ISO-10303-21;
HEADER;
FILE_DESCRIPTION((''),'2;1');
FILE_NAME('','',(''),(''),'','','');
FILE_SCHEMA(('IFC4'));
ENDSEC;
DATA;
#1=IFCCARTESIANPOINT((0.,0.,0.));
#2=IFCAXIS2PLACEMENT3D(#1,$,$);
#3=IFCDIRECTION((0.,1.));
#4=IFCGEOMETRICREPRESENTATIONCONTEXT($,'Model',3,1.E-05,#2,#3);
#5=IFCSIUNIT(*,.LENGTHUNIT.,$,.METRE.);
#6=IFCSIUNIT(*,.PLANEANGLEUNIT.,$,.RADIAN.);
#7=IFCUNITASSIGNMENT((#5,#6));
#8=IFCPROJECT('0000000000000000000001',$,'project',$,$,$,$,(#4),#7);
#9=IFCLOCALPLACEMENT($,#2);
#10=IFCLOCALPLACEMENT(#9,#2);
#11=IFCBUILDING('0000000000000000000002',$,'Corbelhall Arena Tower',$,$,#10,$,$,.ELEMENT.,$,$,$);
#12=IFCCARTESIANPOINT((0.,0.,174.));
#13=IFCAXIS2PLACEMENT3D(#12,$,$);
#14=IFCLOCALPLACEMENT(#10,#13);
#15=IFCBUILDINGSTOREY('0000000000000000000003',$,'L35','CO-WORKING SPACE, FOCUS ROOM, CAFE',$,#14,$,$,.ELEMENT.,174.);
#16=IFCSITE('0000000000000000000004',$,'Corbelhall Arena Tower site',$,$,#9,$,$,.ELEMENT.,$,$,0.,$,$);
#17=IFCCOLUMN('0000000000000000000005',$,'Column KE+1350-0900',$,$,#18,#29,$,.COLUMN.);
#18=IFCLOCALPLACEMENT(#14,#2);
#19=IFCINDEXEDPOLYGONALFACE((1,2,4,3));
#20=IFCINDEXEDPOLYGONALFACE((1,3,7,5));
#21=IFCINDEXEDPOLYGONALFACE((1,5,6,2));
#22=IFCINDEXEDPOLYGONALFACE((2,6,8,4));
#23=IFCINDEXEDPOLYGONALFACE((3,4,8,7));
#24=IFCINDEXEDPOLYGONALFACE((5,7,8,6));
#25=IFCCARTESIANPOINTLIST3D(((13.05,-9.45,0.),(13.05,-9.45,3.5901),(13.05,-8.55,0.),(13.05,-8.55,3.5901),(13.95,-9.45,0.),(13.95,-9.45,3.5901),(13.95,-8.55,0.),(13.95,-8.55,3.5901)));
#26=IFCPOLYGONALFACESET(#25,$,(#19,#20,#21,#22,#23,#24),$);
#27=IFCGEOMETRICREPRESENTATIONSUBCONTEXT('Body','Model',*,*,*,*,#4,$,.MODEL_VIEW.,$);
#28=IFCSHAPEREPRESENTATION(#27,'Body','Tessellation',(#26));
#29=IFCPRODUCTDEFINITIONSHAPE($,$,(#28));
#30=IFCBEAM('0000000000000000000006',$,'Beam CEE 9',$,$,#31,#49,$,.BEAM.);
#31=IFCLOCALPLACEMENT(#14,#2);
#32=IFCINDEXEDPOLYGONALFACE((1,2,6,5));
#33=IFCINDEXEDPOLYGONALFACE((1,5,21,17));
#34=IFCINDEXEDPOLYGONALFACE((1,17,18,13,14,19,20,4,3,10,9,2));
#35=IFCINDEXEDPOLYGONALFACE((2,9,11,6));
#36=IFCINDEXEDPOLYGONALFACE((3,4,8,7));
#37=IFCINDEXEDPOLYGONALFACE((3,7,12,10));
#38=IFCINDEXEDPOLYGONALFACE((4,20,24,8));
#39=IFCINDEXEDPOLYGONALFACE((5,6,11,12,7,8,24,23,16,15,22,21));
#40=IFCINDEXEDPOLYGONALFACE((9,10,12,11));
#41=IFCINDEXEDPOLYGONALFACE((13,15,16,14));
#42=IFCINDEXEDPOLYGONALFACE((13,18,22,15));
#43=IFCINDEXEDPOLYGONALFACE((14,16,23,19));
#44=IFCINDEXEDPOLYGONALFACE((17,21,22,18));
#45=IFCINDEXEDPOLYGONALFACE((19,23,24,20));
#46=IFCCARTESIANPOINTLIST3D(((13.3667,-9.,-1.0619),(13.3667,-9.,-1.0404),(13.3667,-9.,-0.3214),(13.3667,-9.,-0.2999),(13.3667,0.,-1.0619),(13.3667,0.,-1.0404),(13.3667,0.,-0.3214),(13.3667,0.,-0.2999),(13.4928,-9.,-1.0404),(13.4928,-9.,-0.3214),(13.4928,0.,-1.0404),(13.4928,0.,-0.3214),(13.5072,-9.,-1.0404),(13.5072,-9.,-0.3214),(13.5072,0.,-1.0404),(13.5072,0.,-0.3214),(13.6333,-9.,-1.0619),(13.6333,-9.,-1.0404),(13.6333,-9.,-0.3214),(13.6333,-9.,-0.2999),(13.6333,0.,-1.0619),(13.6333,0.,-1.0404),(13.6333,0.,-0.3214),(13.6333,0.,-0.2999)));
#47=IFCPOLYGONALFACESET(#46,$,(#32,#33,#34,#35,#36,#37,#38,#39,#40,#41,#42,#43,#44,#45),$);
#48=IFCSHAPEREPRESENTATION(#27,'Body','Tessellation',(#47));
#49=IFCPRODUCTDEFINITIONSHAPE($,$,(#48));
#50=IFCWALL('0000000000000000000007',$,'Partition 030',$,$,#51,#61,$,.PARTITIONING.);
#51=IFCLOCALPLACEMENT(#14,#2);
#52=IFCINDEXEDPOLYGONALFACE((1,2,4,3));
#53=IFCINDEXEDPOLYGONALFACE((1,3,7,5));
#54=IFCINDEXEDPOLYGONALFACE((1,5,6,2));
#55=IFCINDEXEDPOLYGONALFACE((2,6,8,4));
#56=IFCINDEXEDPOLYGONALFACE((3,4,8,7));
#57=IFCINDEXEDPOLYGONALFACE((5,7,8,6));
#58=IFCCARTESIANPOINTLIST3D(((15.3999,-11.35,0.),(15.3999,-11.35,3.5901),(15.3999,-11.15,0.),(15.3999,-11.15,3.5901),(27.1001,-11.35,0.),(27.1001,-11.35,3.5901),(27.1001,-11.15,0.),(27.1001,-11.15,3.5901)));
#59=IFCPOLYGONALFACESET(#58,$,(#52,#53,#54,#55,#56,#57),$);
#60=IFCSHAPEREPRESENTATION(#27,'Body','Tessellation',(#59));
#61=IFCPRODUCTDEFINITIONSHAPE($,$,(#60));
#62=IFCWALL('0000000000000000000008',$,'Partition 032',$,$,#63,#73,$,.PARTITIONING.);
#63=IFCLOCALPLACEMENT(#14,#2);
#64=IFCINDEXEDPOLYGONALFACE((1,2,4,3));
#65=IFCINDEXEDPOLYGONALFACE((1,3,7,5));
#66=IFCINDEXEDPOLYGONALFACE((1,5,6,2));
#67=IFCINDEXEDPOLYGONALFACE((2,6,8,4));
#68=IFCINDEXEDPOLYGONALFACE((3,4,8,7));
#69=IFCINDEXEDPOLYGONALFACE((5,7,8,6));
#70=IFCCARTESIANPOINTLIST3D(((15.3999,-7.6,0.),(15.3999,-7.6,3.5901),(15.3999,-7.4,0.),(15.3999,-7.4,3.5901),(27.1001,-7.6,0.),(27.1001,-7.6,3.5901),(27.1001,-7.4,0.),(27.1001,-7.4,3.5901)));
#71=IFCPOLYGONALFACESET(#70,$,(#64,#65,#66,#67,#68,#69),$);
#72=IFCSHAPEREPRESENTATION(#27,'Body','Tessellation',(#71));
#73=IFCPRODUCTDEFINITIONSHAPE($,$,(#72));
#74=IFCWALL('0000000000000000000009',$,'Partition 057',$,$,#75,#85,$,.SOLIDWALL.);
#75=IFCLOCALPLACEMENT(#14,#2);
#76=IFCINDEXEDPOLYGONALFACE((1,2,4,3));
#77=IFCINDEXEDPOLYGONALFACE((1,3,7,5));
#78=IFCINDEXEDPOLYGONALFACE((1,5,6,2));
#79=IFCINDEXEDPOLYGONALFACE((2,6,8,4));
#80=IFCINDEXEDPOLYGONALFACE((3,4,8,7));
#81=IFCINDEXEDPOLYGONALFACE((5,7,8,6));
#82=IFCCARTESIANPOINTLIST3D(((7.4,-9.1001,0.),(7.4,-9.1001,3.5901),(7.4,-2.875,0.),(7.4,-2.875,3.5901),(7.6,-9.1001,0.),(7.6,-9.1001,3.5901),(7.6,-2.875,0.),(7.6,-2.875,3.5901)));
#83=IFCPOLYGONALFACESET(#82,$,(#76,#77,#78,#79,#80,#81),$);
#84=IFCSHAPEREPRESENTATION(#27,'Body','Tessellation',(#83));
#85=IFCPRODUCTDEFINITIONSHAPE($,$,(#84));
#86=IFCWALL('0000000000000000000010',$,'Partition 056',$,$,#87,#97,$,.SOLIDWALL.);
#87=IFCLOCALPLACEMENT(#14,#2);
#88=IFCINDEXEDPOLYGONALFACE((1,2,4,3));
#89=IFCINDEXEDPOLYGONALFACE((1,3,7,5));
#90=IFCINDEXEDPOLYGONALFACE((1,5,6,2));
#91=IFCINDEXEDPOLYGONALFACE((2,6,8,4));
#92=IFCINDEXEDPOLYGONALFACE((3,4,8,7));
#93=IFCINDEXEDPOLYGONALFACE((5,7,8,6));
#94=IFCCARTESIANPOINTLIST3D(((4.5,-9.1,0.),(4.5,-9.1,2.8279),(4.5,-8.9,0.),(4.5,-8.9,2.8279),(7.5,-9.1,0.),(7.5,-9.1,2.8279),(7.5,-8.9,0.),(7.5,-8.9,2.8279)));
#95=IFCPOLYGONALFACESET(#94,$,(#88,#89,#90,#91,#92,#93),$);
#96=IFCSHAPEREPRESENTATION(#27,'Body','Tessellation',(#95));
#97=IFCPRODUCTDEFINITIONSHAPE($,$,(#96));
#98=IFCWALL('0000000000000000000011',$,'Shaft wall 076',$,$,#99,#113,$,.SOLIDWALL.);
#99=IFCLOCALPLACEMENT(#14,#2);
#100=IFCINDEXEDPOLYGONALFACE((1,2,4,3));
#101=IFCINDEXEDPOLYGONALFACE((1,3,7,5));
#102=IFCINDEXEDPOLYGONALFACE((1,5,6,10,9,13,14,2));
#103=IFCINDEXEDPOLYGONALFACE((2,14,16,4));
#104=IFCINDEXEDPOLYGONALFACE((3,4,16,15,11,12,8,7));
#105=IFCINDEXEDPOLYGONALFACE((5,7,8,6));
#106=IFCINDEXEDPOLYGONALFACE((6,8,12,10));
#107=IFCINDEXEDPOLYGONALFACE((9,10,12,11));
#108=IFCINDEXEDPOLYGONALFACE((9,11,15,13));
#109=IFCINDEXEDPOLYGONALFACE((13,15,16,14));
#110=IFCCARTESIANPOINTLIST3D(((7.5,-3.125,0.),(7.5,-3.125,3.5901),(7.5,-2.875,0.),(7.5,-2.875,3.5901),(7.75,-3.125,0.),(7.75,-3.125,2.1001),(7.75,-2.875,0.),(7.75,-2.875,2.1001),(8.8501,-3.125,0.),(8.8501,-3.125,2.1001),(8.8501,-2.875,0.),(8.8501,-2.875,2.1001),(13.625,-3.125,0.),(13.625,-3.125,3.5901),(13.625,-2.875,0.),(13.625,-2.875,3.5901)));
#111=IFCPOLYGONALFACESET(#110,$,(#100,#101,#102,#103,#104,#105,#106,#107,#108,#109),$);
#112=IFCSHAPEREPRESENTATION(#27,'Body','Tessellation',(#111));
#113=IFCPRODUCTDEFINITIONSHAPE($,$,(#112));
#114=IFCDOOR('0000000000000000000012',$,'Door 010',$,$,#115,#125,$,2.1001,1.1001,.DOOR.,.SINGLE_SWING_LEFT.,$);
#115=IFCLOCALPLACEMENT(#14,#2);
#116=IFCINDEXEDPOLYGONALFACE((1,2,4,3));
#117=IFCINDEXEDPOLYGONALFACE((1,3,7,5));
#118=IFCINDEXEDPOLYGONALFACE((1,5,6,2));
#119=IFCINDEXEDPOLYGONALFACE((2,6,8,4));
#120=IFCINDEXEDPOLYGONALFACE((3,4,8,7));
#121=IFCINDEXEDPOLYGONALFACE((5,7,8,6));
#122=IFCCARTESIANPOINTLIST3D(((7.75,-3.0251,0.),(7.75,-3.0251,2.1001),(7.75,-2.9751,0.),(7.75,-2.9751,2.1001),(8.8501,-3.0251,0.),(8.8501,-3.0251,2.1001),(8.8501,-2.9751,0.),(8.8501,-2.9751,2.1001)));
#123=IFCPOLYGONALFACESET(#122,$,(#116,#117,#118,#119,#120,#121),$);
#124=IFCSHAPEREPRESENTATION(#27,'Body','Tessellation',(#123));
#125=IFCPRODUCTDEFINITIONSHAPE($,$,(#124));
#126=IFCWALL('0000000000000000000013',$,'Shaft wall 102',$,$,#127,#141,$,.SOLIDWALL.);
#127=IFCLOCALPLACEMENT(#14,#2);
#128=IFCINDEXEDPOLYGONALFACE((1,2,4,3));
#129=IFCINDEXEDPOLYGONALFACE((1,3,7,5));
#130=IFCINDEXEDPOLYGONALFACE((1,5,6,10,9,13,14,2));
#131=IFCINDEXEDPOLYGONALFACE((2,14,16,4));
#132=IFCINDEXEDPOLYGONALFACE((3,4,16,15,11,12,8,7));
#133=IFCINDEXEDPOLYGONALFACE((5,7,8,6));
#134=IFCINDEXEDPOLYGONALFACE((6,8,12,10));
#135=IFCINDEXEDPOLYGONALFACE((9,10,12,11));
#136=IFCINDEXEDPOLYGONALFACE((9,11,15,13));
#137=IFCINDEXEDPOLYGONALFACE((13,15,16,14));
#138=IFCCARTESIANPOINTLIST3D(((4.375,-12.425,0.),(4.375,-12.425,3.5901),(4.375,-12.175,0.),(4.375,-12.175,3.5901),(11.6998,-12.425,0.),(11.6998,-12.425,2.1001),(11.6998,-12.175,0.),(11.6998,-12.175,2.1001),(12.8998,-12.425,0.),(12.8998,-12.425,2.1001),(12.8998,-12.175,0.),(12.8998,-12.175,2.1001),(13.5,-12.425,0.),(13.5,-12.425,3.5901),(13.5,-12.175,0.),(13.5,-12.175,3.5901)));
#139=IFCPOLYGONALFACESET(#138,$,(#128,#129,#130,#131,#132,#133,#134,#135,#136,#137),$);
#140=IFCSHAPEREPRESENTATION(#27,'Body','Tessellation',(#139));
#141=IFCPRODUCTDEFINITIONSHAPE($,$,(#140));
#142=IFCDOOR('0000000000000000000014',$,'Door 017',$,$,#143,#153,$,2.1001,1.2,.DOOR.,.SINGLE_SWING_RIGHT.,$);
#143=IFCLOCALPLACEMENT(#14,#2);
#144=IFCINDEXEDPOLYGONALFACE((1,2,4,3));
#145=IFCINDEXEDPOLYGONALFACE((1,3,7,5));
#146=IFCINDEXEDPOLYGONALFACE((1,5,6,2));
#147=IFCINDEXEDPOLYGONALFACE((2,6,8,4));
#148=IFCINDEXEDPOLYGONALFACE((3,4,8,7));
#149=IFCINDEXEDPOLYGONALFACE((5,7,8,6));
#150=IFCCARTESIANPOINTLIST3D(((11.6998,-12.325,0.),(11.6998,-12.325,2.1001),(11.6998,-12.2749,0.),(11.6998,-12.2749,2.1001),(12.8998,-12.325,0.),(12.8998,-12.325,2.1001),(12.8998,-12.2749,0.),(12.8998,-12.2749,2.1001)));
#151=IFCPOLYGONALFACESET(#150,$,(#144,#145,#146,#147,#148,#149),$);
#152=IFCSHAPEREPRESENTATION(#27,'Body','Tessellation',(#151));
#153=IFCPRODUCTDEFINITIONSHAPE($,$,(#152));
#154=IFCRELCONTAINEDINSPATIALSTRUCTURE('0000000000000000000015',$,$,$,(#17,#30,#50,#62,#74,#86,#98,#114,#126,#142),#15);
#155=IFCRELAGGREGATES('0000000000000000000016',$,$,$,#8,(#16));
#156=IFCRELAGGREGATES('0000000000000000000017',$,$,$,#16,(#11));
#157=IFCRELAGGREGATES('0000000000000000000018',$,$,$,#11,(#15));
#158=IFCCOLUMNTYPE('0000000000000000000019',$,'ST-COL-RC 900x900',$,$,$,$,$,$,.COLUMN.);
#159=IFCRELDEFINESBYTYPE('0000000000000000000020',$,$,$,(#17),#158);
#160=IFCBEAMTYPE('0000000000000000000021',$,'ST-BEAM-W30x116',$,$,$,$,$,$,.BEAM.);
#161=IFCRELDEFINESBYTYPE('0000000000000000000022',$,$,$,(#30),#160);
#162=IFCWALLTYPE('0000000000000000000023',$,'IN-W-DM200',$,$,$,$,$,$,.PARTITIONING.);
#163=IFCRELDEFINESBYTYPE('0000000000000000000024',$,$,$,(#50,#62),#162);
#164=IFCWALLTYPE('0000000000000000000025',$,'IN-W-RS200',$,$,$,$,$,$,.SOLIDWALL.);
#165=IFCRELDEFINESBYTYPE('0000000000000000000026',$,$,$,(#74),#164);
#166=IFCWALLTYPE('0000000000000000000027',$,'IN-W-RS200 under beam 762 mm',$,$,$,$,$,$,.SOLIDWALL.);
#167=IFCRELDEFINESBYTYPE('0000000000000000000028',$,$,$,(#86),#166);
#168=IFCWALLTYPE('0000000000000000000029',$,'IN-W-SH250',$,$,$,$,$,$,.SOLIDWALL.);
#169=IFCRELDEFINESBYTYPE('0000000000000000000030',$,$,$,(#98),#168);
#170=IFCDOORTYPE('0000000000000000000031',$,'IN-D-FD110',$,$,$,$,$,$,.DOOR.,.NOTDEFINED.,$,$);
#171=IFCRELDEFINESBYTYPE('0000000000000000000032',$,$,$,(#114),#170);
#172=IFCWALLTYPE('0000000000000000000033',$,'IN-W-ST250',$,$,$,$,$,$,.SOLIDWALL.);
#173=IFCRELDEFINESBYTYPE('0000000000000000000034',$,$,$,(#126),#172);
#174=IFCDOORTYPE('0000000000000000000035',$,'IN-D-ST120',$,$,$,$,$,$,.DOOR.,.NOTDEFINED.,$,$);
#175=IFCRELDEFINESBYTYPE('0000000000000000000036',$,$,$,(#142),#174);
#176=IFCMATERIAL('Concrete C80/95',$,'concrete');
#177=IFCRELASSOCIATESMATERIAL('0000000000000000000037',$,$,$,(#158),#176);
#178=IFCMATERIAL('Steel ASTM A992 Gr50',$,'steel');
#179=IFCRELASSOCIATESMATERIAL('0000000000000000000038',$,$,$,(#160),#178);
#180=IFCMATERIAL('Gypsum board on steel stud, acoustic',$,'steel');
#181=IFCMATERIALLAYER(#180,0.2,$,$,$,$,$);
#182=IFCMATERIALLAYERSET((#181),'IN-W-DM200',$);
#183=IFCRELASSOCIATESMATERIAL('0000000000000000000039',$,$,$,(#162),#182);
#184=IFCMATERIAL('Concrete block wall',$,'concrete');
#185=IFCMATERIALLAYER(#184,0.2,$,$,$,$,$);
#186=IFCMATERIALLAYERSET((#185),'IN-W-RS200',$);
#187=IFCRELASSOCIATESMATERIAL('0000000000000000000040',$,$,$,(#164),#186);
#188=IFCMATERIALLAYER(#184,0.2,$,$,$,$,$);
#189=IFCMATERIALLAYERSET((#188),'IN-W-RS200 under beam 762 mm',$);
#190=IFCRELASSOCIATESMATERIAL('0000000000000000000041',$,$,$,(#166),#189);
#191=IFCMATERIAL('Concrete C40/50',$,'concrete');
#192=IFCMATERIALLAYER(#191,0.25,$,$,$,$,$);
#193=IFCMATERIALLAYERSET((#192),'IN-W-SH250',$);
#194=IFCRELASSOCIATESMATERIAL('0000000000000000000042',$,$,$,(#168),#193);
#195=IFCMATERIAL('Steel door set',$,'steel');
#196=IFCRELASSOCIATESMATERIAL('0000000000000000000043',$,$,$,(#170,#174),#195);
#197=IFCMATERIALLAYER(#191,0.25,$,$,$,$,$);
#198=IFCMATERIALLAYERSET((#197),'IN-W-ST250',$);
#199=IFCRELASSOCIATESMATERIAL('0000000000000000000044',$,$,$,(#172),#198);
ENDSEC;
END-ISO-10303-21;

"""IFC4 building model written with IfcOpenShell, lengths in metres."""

from ifc_helpers import new_model, si_unit, direction, frame, frame_2d, origin, origin_2d, place, context, subcontext, project, spatial, rectangle, i_section, extrude, material, layer, layer_set, material_profile, profile_set, type_object, element, fill, save


model = new_model("IFC4")

# Units and contexts
model_context = context("Model", 3, precision=1e-05, world=origin(), true_north=direction((0.0, 1.0)))
body_context = subcontext(model_context, "Body", "Model", "MODEL_VIEW")
ifc_project = project(units=[si_unit("LENGTHUNIT", "METRE"), si_unit("PLANEANGLEUNIT", "RADIAN")], contexts=[model_context])

# Site, building, storey
site_placement = place(None, origin())
site = spatial("IfcSite", under=ifc_project, at=site_placement, Name="Corbelhall Arena Tower site", CompositionType="ELEMENT", RefElevation=0.0)
building_placement = place(site_placement, origin())
building = spatial("IfcBuilding", under=site, at=building_placement, Name="Corbelhall Arena Tower", CompositionType="ELEMENT")
storey_placement = place(building_placement, frame((0.0, 0.0, 174.0)))
storey = spatial("IfcBuildingStorey", under=building, at=storey_placement, Name="L35", Description="CO-WORKING SPACE, FOCUS ROOM, CAFE", CompositionType="ELEMENT", Elevation=174.0)

# Column
ifc_material_1 = material(Name="Concrete C80/95", Category="concrete")
ifc_material_profile_1 = material_profile(ifc_material_1, rectangle(XDim=0.8999, YDim=0.8999, at=origin_2d()))
ifc_profile_set_1 = profile_set([ifc_material_profile_1], Name="Concrete C80/95")
column_type = type_object("IfcColumnType", Name="ST-COL-RC 900x900", PredefinedType="COLUMN", material=ifc_profile_set_1)
column_placement = place(storey_placement, frame((13.5, -9.0, 0.0), z_axis=(0.0, 0.0, 1.0), x_axis=(1.0, 0.0, 0.0)))
element("IfcColumn", 1, at=column_placement, inside=storey, type_object=column_type, Name="Column KE+1350-0900", PredefinedType="COLUMN", context=body_context, shape_type="SweptSolid", body=[
    extrude(rectangle(XDim=0.8999, YDim=0.8999, at=origin_2d()), origin(), (0.0, 0.0, 1.0), 3.5901),
])

# Beam
ifc_material_2 = material(Name="Steel ASTM A992 Gr50", Category="steel")
ifc_material_profile_2 = material_profile(ifc_material_2, i_section(OverallWidth=0.2666, OverallDepth=0.762, WebThickness=0.0144, FlangeThickness=0.0215, at=origin_2d()))
ifc_profile_set_2 = profile_set([ifc_material_profile_2], Name="Steel ASTM A992 Gr50")
beam_type = type_object("IfcBeamType", Name="ST-BEAM-W30x116", PredefinedType="BEAM", material=ifc_profile_set_2)
beam_placement = place(storey_placement, frame((13.5, -9.0, -0.6809), z_axis=(0.0, 1.0, 0.0), x_axis=(-1.0, 0.0, 0.0)))
element("IfcBeam", 2, at=beam_placement, inside=storey, type_object=beam_type, Name="Beam CEE 9", PredefinedType="BEAM", context=body_context, shape_type="SweptSolid", body=[
    extrude(i_section(OverallWidth=0.2666, OverallDepth=0.762, WebThickness=0.0144, FlangeThickness=0.0215, at=origin_2d()), origin(), (0.0, 0.0, 1.0), 9.0),
])

# Wall
ifc_material_3 = material(Name="Gypsum board on steel stud, acoustic", Category="steel")
ifc_layer_1 = layer(ifc_material_3, 0.2)
ifc_layer_set_1 = layer_set([ifc_layer_1], Name="IN-W-DM200")
wall_type_1 = type_object("IfcWallType", Name="IN-W-DM200", PredefinedType="PARTITIONING", material=ifc_layer_set_1)
wall_1_placement = place(storey_placement, frame((15.3999, -11.25, 0.0), z_axis=(0.0, 0.0, 1.0), x_axis=(1.0, 0.0, 0.0)))
element("IfcWall", 3, at=wall_1_placement, inside=storey, type_object=wall_type_1, Name="Partition 030", PredefinedType="PARTITIONING", context=body_context, shape_type="SweptSolid", body=[
    extrude(rectangle(XDim=11.7002, YDim=0.2, at=frame_2d((5.8501, 0.0))), origin(), (0.0, 0.0, 1.0), 3.5901),
])

# Shared definitions
ifc_material_4 = material(Name="Steel door set", Category="steel")

# Wall
wall_2_placement = place(storey_placement, frame((15.3999, -7.5, 0.0), z_axis=(0.0, 0.0, 1.0), x_axis=(1.0, 0.0, 0.0)))
element("IfcWall", 4, at=wall_2_placement, inside=storey, type_object=wall_type_1, Name="Partition 032", PredefinedType="PARTITIONING", context=body_context, shape_type="SweptSolid", body=[
    extrude(rectangle(XDim=11.7002, YDim=0.2, at=frame_2d((5.8501, 0.0))), origin(), (0.0, 0.0, 1.0), 3.5901),
])

# Walls
ifc_material_5 = material(Name="Concrete block wall", Category="concrete")
ifc_layer_2 = layer(ifc_material_5, 0.2)
ifc_layer_set_2 = layer_set([ifc_layer_2], Name="IN-W-RS200")
wall_type_2 = type_object("IfcWallType", Name="IN-W-RS200", PredefinedType="SOLIDWALL", material=ifc_layer_set_2)
wall_3_placement = place(storey_placement, frame((7.5, -2.875, 0.0), z_axis=(0.0, 0.0, 1.0), x_axis=(0.0, -1.0, 0.0)))
element("IfcWall", 5, at=wall_3_placement, inside=storey, type_object=wall_type_2, Name="Partition 057", PredefinedType="SOLIDWALL", context=body_context, shape_type="SweptSolid", body=[
    extrude(rectangle(XDim=6.2251, YDim=0.2, at=frame_2d((3.1125, 0.0))), origin(), (0.0, 0.0, 1.0), 3.5901),
])
ifc_layer_3 = layer(ifc_material_5, 0.2)
ifc_layer_set_3 = layer_set([ifc_layer_3], Name="IN-W-RS200 under beam 762 mm")
wall_type_3 = type_object("IfcWallType", Name="IN-W-RS200 under beam 762 mm", PredefinedType="SOLIDWALL", material=ifc_layer_set_3)
wall_4_placement = place(storey_placement, frame((7.5, -9.0, 0.0), z_axis=(0.0, 0.0, 1.0), x_axis=(-1.0, 0.0, 0.0)))
element("IfcWall", 6, at=wall_4_placement, inside=storey, type_object=wall_type_3, Name="Partition 056", PredefinedType="SOLIDWALL", context=body_context, shape_type="SweptSolid", body=[
    extrude(rectangle(XDim=3.0, YDim=0.2, at=frame_2d((1.5, 0.0))), origin(), (0.0, 0.0, 1.0), 2.8279),
])

# Walls, openings, doors
ifc_material_6 = material(Name="Concrete C40/50", Category="concrete")
ifc_layer_4 = layer(ifc_material_6, 0.25)
ifc_layer_set_4 = layer_set([ifc_layer_4], Name="IN-W-SH250")
wall_type_4 = type_object("IfcWallType", Name="IN-W-SH250", PredefinedType="SOLIDWALL", material=ifc_layer_set_4)
wall_5_placement = place(storey_placement, frame((7.5, -3.0, 0.0), z_axis=(0.0, 0.0, 1.0), x_axis=(1.0, 0.0, 0.0)))
wall_5 = element("IfcWall", 7, at=wall_5_placement, inside=storey, type_object=wall_type_4, Name="Shaft wall 076", PredefinedType="SOLIDWALL", context=body_context, shape_type="SweptSolid", body=[
    extrude(rectangle(XDim=6.125, YDim=0.25, at=frame_2d((3.0625, 0.0))), origin(), (0.0, 0.0, 1.0), 3.5901),
])
opening_1_placement = place(wall_5_placement, frame((0.25, 0.0, 0.0)))
opening_1 = element("IfcOpeningElement", 8, at=opening_1_placement, cuts=wall_5, PredefinedType="OPENING", context=body_context, shape_type="SweptSolid", body=[
    extrude(rectangle(XDim=1.1001, YDim=2.1001, at=frame_2d((0.55, 1.05))), frame((0.0, 0.125, 0.0), z_axis=(0.0, -1.0, 0.0), x_axis=(1.0, 0.0, 0.0)), (0.0, 0.0, 1.0), 0.25),
])
door_type_1 = type_object("IfcDoorType", Name="IN-D-FD110", OperationType="NOTDEFINED", PredefinedType="DOOR", material=ifc_material_4)
door_1_placement = place(opening_1_placement, origin())
door_1 = element("IfcDoor", 9, at=door_1_placement, inside=storey, type_object=door_type_1, Name="Door 010", OperationType="SINGLE_SWING_LEFT", OverallHeight=2.1001, OverallWidth=1.1001, PredefinedType="DOOR", context=body_context, shape_type="SweptSolid", body=[
    extrude(rectangle(XDim=1.1001, YDim=2.1001, at=frame_2d((0.55, 1.05))), frame((0.0, 0.0249, 0.0), z_axis=(0.0, -1.0, 0.0), x_axis=(1.0, 0.0, 0.0)), (0.0, 0.0, 1.0), 0.05),
])
fill(opening_1, door_1)
ifc_layer_5 = layer(ifc_material_6, 0.25)
ifc_layer_set_5 = layer_set([ifc_layer_5], Name="IN-W-ST250")
wall_type_5 = type_object("IfcWallType", Name="IN-W-ST250", PredefinedType="SOLIDWALL", material=ifc_layer_set_5)
wall_6_placement = place(storey_placement, frame((13.5, -12.3, 0.0), z_axis=(0.0, 0.0, 1.0), x_axis=(-1.0, 0.0, 0.0)))
wall_6 = element("IfcWall", 10, at=wall_6_placement, inside=storey, type_object=wall_type_5, Name="Shaft wall 102", PredefinedType="SOLIDWALL", context=body_context, shape_type="SweptSolid", body=[
    extrude(rectangle(XDim=9.125, YDim=0.25, at=frame_2d((4.5625, 0.0))), origin(), (0.0, 0.0, 1.0), 3.5901),
])
opening_2_placement = place(wall_6_placement, frame((0.6001, 0.0, 0.0)))
opening_2 = element("IfcOpeningElement", 11, at=opening_2_placement, cuts=wall_6, PredefinedType="OPENING", context=body_context, shape_type="SweptSolid", body=[
    extrude(rectangle(XDim=1.2, YDim=2.1001, at=frame_2d((0.6001, 1.05))), frame((0.0, 0.125, 0.0), z_axis=(0.0, -1.0, 0.0), x_axis=(1.0, 0.0, 0.0)), (0.0, 0.0, 1.0), 0.25),
])
door_type_2 = type_object("IfcDoorType", Name="IN-D-ST120", OperationType="NOTDEFINED", PredefinedType="DOOR", material=ifc_material_4)
door_2_placement = place(opening_2_placement, origin())
door_2 = element("IfcDoor", 12, at=door_2_placement, inside=storey, type_object=door_type_2, Name="Door 017", OperationType="SINGLE_SWING_RIGHT", OverallHeight=2.1001, OverallWidth=1.2, PredefinedType="DOOR", context=body_context, shape_type="SweptSolid", body=[
    extrude(rectangle(XDim=1.2, YDim=2.1001, at=frame_2d((0.6001, 1.05))), frame((0.0, 0.0249, 0.0), z_axis=(0.0, -1.0, 0.0), x_axis=(1.0, 0.0, 0.0)), (0.0, 0.0, 1.0), 0.05),
])
fill(opening_2, door_2)

save(model, "model.ifc")
